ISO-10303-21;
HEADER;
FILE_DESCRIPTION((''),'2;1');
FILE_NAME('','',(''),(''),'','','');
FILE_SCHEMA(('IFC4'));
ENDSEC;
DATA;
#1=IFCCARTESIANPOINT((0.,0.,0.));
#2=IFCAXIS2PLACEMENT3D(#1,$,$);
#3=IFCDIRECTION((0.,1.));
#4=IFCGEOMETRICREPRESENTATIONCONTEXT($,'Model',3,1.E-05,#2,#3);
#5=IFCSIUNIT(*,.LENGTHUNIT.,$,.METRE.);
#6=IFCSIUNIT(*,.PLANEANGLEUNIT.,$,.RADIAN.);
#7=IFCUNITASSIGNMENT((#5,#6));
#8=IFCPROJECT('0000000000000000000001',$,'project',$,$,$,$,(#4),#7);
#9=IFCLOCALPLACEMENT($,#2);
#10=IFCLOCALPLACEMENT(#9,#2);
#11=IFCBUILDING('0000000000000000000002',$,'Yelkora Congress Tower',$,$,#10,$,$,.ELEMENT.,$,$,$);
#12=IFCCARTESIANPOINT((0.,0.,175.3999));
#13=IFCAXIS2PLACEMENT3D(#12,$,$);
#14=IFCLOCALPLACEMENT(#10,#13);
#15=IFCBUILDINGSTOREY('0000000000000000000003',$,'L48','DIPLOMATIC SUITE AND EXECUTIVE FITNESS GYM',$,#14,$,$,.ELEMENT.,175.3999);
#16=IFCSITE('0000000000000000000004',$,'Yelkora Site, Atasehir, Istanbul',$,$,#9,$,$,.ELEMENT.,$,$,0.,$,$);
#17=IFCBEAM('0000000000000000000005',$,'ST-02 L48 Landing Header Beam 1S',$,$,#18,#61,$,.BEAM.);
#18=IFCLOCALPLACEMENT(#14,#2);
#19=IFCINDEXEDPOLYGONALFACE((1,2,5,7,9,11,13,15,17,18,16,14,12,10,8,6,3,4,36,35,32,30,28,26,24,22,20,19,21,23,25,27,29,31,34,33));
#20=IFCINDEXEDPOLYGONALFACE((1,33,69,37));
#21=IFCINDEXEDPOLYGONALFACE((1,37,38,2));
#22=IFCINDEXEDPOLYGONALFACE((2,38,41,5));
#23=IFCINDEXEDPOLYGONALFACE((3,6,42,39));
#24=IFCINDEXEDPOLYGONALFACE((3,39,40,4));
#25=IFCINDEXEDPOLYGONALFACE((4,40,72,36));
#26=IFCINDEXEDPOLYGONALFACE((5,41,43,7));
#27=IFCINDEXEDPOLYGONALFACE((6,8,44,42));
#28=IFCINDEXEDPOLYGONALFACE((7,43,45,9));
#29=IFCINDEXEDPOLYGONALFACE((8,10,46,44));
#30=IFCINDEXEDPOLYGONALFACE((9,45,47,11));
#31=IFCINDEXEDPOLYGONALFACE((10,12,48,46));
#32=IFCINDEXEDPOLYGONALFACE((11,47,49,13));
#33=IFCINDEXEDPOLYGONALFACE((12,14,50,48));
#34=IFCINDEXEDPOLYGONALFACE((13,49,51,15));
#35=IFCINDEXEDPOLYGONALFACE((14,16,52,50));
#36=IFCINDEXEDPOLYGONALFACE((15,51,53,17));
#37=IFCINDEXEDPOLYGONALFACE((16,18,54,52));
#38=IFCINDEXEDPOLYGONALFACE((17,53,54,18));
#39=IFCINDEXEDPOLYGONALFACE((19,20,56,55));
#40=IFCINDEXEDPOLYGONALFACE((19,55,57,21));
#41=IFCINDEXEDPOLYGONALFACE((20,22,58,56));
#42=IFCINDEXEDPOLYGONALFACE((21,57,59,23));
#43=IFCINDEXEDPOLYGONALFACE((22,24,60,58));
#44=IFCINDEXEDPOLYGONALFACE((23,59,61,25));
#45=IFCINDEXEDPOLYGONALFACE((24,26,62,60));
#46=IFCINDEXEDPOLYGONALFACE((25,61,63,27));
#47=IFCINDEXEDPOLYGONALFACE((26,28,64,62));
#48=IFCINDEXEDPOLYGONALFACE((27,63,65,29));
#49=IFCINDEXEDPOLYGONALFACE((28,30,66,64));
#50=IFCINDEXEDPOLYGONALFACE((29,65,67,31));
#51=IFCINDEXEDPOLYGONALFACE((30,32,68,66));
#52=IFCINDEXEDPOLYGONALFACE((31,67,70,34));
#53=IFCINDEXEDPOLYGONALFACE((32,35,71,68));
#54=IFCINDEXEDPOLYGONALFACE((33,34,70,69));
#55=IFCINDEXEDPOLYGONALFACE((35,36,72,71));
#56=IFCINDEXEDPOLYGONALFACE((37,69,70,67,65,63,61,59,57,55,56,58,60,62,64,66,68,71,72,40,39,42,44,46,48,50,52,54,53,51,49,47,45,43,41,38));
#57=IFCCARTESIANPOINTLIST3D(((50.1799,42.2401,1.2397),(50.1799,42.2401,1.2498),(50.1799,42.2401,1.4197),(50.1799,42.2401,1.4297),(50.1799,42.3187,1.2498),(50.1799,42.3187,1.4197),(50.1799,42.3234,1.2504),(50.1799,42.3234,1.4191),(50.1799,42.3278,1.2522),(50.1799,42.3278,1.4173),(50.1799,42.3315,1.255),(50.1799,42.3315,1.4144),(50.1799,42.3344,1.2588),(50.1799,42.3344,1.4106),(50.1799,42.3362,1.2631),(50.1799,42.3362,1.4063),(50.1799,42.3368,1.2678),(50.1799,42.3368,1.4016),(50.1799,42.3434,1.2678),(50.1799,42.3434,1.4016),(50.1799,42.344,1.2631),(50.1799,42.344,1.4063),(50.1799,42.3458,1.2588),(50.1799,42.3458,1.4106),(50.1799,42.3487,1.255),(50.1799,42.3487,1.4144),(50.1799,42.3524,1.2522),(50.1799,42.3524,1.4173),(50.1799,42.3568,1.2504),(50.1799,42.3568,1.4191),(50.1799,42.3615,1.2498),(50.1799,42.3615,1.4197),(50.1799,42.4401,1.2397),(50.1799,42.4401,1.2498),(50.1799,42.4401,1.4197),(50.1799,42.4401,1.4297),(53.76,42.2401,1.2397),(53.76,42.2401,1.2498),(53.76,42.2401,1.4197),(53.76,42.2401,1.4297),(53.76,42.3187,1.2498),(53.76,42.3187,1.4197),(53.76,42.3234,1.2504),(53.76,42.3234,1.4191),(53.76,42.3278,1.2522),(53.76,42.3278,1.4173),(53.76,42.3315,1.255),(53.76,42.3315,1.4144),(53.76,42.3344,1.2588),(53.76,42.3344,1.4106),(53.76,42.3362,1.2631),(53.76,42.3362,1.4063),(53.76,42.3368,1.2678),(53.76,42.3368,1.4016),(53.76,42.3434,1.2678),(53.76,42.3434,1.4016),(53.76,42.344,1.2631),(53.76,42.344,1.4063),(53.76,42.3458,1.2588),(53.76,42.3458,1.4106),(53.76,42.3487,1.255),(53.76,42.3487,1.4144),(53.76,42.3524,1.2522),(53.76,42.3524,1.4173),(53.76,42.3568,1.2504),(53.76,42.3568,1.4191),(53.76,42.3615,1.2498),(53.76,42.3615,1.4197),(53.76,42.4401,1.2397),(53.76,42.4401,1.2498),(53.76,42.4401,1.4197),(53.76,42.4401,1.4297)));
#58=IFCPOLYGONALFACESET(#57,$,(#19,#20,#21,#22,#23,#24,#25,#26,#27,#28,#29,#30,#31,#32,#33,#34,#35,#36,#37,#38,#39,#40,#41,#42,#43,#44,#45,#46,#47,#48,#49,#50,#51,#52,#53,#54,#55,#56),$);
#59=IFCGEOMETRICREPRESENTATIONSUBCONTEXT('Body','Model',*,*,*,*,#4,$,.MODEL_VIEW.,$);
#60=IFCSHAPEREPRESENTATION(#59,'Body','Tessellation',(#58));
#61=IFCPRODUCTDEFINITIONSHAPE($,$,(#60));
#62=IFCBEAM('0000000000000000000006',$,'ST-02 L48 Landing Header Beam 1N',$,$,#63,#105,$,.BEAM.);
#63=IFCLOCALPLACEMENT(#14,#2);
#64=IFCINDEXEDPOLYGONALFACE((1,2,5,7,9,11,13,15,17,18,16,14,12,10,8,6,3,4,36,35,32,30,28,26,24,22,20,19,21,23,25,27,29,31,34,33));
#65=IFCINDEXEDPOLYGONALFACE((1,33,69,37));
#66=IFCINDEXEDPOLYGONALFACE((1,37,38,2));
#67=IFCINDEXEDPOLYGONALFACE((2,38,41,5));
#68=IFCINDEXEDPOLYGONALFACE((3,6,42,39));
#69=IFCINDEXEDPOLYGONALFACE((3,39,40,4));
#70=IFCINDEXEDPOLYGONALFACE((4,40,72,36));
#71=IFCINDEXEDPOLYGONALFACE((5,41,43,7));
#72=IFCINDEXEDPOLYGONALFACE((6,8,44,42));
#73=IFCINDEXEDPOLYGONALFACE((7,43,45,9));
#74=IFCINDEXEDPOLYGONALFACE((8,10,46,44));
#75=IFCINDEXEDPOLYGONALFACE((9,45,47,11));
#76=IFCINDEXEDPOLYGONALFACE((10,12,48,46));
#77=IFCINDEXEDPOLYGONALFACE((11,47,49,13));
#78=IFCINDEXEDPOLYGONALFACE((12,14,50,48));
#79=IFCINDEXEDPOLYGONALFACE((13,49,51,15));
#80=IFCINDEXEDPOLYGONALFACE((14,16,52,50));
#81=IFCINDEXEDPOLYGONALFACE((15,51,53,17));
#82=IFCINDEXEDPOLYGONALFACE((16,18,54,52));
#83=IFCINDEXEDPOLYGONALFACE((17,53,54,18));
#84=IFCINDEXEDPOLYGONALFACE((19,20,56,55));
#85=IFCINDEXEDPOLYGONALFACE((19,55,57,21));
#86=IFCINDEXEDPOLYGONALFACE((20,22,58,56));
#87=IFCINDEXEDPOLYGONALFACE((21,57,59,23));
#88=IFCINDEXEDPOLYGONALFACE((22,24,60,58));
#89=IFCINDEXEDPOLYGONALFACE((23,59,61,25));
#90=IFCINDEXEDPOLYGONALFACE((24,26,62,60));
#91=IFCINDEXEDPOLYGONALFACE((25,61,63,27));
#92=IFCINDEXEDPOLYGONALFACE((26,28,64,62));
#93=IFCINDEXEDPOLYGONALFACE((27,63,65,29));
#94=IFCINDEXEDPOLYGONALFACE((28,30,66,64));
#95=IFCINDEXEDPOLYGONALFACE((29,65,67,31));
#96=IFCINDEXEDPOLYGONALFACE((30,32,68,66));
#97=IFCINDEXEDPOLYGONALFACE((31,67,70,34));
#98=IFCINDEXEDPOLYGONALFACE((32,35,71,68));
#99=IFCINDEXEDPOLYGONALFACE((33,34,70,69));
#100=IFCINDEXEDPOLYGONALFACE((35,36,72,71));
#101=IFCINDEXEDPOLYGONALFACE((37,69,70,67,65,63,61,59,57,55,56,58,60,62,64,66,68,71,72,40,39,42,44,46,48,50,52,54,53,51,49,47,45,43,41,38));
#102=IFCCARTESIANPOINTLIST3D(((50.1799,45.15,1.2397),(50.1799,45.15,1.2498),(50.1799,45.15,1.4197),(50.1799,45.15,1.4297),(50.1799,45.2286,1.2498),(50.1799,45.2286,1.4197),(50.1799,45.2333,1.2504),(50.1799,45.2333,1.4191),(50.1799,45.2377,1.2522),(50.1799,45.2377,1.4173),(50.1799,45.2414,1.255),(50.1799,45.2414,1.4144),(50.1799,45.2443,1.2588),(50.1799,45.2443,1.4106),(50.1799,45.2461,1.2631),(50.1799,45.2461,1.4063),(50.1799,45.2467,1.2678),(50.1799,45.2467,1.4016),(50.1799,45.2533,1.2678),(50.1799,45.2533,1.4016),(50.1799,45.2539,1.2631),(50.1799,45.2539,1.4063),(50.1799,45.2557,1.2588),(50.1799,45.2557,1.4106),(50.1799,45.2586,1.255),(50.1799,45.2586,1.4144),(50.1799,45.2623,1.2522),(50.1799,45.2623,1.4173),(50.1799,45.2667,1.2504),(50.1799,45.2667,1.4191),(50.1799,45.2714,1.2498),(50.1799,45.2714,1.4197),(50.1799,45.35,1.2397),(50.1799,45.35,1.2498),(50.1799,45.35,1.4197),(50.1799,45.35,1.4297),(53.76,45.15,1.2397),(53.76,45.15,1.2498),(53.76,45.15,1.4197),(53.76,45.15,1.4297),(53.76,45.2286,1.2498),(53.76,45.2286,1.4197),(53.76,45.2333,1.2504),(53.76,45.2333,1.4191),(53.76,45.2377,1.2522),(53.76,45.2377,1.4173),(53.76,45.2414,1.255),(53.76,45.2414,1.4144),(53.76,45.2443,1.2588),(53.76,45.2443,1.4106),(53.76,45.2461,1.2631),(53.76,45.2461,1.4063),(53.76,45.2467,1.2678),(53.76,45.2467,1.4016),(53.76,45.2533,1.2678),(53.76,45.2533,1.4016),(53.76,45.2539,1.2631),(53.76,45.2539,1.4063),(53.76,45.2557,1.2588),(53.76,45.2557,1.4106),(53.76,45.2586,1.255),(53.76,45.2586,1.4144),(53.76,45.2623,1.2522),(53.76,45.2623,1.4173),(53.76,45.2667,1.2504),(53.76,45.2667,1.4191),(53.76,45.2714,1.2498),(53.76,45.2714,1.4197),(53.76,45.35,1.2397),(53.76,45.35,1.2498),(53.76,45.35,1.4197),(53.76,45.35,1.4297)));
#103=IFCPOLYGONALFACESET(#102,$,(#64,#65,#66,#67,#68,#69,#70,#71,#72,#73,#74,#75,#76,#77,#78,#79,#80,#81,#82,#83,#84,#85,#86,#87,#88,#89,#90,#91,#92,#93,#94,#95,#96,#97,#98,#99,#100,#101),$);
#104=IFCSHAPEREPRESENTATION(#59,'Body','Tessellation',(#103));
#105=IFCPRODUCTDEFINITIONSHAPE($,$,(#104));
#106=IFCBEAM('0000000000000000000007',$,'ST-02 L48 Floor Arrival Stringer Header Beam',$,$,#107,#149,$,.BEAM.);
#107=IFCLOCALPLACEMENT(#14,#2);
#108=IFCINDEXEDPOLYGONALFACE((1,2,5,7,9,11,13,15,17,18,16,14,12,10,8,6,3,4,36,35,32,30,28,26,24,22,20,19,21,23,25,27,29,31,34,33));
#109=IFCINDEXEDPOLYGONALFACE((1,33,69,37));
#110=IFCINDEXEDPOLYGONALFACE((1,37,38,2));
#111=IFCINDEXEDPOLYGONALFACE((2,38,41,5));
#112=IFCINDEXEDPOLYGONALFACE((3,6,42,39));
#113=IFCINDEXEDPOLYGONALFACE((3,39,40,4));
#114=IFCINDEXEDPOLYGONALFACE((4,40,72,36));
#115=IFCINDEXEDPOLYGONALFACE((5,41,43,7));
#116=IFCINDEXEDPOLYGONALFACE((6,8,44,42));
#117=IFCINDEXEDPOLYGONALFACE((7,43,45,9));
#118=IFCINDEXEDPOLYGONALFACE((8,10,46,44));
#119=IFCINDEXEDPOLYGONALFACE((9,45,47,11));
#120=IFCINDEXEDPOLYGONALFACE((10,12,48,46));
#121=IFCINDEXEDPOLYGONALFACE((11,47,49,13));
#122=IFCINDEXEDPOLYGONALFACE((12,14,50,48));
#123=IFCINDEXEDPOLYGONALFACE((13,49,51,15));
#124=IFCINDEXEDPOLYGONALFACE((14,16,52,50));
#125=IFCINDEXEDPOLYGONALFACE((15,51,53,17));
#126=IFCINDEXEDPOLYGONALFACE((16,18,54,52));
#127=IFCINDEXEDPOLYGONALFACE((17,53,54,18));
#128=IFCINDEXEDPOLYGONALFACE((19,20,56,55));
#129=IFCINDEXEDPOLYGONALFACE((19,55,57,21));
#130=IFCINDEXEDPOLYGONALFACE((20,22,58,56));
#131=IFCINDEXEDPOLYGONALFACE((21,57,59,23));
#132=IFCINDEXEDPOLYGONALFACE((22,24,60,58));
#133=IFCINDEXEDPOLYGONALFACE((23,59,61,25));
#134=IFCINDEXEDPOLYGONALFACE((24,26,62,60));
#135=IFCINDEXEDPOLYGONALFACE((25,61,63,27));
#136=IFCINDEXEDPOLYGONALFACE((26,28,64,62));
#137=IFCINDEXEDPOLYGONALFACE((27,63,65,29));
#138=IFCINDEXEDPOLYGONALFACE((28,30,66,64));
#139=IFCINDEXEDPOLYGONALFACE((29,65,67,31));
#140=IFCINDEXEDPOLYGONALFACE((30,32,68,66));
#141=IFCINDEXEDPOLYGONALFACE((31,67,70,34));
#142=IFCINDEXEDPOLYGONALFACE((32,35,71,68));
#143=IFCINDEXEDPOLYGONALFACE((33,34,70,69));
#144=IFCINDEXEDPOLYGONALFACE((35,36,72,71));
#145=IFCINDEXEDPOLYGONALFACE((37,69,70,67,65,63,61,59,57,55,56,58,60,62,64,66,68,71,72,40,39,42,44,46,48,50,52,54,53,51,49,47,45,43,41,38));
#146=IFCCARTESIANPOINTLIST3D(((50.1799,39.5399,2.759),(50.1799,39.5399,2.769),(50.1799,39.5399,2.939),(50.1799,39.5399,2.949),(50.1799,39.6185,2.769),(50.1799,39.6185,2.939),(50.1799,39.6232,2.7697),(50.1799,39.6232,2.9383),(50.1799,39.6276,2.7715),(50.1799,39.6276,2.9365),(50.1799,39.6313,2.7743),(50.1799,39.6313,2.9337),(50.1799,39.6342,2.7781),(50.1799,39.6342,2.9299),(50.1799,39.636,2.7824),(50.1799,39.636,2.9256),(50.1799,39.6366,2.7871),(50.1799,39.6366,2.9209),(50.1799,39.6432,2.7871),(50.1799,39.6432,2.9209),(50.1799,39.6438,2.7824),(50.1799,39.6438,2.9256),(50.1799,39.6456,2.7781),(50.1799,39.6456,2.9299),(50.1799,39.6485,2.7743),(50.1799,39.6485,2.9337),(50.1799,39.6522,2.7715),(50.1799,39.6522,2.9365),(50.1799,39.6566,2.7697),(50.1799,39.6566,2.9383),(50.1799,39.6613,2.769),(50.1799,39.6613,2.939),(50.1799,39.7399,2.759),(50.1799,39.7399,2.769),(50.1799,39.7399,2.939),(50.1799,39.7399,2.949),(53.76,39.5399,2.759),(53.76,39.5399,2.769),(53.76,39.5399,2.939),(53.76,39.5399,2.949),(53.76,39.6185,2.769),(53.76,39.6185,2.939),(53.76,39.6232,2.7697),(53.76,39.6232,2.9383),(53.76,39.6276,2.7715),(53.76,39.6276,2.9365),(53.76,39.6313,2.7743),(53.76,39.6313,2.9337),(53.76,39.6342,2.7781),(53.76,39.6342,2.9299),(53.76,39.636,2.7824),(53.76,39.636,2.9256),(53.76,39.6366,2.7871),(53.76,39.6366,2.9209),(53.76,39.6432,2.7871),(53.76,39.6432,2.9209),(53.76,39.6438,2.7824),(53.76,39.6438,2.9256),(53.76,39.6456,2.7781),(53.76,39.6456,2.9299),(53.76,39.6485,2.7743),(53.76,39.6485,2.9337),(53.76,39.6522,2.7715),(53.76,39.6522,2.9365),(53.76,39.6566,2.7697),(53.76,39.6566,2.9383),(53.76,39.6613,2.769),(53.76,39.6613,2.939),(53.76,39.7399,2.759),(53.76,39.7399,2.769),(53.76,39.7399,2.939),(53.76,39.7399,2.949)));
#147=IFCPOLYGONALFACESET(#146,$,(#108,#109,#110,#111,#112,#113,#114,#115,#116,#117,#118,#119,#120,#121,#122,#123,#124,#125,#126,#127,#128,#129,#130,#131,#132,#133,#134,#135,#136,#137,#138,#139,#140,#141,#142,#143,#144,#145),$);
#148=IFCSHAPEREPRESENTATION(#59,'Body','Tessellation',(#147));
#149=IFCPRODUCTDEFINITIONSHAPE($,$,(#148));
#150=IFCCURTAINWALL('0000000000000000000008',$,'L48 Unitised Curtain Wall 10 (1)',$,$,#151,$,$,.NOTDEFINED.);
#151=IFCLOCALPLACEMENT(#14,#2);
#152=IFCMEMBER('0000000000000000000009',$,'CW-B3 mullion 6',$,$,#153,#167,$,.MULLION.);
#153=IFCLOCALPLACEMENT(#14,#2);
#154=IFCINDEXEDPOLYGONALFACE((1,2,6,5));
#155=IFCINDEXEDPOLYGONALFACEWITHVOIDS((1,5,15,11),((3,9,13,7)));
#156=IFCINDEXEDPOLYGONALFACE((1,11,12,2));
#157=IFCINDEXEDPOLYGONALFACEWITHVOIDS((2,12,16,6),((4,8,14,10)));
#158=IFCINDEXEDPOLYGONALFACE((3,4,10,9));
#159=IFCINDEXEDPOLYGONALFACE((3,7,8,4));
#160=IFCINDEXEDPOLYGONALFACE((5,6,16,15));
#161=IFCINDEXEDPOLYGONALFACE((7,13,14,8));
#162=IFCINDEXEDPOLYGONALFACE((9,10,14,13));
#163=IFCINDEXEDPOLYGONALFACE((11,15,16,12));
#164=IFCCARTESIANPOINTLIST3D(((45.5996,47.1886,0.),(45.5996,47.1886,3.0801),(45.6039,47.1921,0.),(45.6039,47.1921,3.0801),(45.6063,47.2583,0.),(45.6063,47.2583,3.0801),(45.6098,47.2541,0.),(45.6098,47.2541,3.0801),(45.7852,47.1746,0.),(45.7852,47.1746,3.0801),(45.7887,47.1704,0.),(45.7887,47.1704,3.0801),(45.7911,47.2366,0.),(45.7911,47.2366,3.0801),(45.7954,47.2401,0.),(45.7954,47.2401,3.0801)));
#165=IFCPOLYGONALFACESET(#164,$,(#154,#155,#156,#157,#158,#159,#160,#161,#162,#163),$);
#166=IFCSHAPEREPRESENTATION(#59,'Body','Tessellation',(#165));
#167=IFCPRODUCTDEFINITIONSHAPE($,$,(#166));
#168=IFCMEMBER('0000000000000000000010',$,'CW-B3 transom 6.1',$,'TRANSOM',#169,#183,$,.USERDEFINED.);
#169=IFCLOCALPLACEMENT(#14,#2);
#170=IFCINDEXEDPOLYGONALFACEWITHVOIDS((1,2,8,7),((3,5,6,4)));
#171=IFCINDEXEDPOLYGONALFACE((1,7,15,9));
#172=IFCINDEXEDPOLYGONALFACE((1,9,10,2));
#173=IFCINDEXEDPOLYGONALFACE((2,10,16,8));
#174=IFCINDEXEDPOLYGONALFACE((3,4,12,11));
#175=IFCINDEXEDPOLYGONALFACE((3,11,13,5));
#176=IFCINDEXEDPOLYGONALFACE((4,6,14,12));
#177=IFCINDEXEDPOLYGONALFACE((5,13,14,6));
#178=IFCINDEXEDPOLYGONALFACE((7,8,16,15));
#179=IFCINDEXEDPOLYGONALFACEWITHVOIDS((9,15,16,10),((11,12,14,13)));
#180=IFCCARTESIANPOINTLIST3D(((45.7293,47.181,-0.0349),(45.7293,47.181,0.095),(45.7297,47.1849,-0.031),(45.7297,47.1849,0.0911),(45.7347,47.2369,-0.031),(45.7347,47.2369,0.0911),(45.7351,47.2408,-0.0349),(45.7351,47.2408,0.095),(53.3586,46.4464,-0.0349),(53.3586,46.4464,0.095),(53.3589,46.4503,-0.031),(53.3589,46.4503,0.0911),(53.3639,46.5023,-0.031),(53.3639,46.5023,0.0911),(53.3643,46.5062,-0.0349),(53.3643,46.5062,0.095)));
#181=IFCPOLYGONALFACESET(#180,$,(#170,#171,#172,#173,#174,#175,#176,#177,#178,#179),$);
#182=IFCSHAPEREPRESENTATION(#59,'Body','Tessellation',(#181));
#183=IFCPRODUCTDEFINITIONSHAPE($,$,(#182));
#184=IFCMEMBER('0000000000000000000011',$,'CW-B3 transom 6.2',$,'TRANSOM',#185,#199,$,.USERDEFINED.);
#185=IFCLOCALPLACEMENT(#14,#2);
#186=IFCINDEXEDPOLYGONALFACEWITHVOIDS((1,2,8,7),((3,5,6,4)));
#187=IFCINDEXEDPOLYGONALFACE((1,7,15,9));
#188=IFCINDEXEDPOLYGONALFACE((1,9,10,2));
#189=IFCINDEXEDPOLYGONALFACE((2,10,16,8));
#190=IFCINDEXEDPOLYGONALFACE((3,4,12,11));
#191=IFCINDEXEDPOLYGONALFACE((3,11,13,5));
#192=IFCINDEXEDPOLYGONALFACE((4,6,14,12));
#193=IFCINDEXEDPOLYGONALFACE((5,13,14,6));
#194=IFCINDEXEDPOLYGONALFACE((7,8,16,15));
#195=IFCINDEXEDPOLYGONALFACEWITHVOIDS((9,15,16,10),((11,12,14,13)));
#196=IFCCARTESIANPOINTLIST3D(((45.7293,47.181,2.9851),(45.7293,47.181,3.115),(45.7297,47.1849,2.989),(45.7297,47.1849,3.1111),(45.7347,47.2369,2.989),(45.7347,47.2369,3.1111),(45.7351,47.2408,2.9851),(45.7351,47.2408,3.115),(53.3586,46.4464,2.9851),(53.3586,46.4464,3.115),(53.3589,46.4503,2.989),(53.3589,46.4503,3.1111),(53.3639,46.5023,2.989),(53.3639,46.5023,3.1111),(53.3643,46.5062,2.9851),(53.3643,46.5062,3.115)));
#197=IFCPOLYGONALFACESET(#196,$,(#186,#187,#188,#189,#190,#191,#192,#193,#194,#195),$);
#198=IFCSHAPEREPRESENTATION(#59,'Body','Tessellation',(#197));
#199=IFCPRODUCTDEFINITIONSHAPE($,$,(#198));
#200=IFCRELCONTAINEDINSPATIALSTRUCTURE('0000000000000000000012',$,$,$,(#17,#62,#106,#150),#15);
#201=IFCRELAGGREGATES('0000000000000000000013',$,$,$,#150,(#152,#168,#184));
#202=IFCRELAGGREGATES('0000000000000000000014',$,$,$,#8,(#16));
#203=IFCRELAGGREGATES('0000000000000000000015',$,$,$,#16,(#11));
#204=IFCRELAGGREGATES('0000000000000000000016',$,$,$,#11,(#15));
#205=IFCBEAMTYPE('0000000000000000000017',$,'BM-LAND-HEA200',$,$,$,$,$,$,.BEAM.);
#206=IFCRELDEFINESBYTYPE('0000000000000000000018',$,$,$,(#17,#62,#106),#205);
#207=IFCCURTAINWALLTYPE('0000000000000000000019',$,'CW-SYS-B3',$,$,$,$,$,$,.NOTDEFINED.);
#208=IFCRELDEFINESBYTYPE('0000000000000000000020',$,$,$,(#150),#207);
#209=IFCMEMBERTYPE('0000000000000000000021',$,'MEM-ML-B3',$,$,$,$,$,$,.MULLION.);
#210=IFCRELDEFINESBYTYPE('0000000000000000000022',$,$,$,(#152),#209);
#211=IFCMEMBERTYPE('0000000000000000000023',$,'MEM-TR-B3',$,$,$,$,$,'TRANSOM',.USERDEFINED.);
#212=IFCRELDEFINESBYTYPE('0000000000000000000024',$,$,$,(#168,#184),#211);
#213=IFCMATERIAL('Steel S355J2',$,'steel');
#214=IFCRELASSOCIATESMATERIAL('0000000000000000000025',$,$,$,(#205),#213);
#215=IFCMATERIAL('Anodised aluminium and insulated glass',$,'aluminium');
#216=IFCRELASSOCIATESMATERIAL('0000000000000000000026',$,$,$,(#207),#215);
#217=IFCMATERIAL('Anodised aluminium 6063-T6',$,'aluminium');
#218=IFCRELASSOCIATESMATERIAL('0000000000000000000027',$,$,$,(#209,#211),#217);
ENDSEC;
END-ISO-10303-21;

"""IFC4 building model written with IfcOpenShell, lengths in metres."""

from ifc_helpers import new_model, si_unit, direction, frame, origin, origin_2d, place, context, subcontext, project, spatial, hollow_rectangle, i_section, extrude, material, material_profile, profile_set, type_object, element, aggregate, save


model = new_model("IFC4")

# Units and contexts
model_context = context("Model", 3, precision=1e-05, world=origin(), true_north=direction((0.0, 1.0)))
body_context = subcontext(model_context, "Body", "Model", "MODEL_VIEW")
ifc_project = project(units=[si_unit("LENGTHUNIT", "METRE"), si_unit("PLANEANGLEUNIT", "RADIAN")], contexts=[model_context])

# Site, building, storey
site_placement = place(None, origin())
site = spatial("IfcSite", under=ifc_project, at=site_placement, Name="Yelkora Site, Atasehir, Istanbul", CompositionType="ELEMENT", RefElevation=0.0)
building_placement = place(site_placement, origin())
building = spatial("IfcBuilding", under=site, at=building_placement, Name="Yelkora Congress Tower", CompositionType="ELEMENT")
storey_placement = place(building_placement, frame((0.0, 0.0, 175.3999)))
storey = spatial("IfcBuildingStorey", under=building, at=storey_placement, Name="L48", Description="DIPLOMATIC SUITE AND EXECUTIVE FITNESS GYM", CompositionType="ELEMENT", Elevation=175.3999)

# Beams
ifc_material_1 = material(Name="Steel S355J2", Category="steel")
ifc_material_profile_1 = material_profile(ifc_material_1, i_section(OverallWidth=0.2, OverallDepth=0.1899, WebThickness=0.0066, FlangeThickness=0.01, FilletRadius=0.0181, at=origin_2d()), Name="HEA 200")
ifc_profile_set_1 = profile_set([ifc_material_profile_1], Name="Steel S355J2")
beam_type_1 = type_object("IfcBeamType", Name="BM-LAND-HEA200", PredefinedType="BEAM", material=ifc_profile_set_1)
for number, where, z_axis, x_axis, name in (
    (1, (50.1799, 42.3401, 1.3347), (1.0, 0.0, 0.0), (0.0, 1.0, 0.0), "ST-02 L48 Landing Header Beam 1S"),
    (2, (50.1799, 45.25, 1.3347), (1.0, 0.0, 0.0), (0.0, 1.0, 0.0), "ST-02 L48 Landing Header Beam 1N"),
    (3, (50.1799, 39.6399, 2.854), (1.0, 0.0, 0.0), (0.0, 1.0, 0.0), "ST-02 L48 Floor Arrival Stringer Header Beam"),
):
    element("IfcBeam", number, at=place(storey_placement, frame(where, z_axis=z_axis, x_axis=x_axis)), inside=storey, type_object=beam_type_1, Name=name, PredefinedType="BEAM", context=body_context, shape_type="SweptSolid", body=[
        extrude(i_section(OverallWidth=0.2, OverallDepth=0.1899, WebThickness=0.0066, FlangeThickness=0.01, FilletRadius=0.0181, at=origin_2d()), origin(), (0.0, 0.0, 1.0), 3.5801),
    ])

# Curtain wall, members
ifc_material_2 = material(Name="Anodised aluminium and insulated glass", Category="aluminium")
curtain_wall_type = type_object("IfcCurtainWallType", Name="CW-SYS-B3", PredefinedType="NOTDEFINED", material=ifc_material_2)
curtain_wall_placement = place(storey_placement, origin())
curtain_wall = element("IfcCurtainWall", 4, at=curtain_wall_placement, inside=storey, type_object=curtain_wall_type, Name="L48 Unitised Curtain Wall 10 (1)", PredefinedType="NOTDEFINED")
ifc_material_3 = material(Name="Anodised aluminium 6063-T6", Category="aluminium")
ifc_material_profile_2 = material_profile(ifc_material_3, hollow_rectangle(XDim=0.0701, YDim=0.1899, WallThickness=0.0039, at=origin_2d()), Name="ALU 70x190x4")
ifc_profile_set_2 = profile_set([ifc_material_profile_2], Name="Anodised aluminium 6063-T6")
member_type_1 = type_object("IfcMemberType", Name="MEM-ML-B3", PredefinedType="MULLION", material=ifc_profile_set_2)
member_1_placement = place(storey_placement, frame((45.6975, 47.2144, 0.0), z_axis=(0.0, 0.0, 1.0), x_axis=(0.095845, 0.995396, 0.0)))
member_1 = element("IfcMember", 5, at=member_1_placement, type_object=member_type_1, Name="CW-B3 mullion 6", PredefinedType="MULLION", context=body_context, shape_type="SweptSolid", body=[
    extrude(hollow_rectangle(XDim=0.0701, YDim=0.1899, WallThickness=0.0039, at=origin_2d()), origin(), (0.0, 0.0, 1.0), 3.0801),
])
ifc_material_profile_3 = material_profile(ifc_material_3, hollow_rectangle(XDim=0.0601, YDim=0.1299, WallThickness=0.0039, at=origin_2d()), Name="ALU 60x130x4")
ifc_profile_set_3 = profile_set([ifc_material_profile_3], Name="Anodised aluminium 6063-T6")
member_type_2 = type_object("IfcMemberType", Name="MEM-TR-B3", ElementType="TRANSOM", PredefinedType="USERDEFINED", material=ifc_profile_set_3)
member_2_placement = place(storey_placement, frame((45.7322, 47.2109, 0.03), z_axis=(0.995396, -0.095848, 0.0), x_axis=(0.095848, 0.995396, 0.0)))
member_2 = element("IfcMember", 6, at=member_2_placement, type_object=member_type_2, Name="CW-B3 transom 6.1", ObjectType="TRANSOM", PredefinedType="USERDEFINED", context=body_context, shape_type="SweptSolid", body=[
    extrude(hollow_rectangle(XDim=0.0601, YDim=0.1299, WallThickness=0.0039, at=origin_2d()), origin(), (0.0, 0.0, 1.0), 7.6646),
])
member_3_placement = place(storey_placement, frame((45.7322, 47.2109, 3.05), z_axis=(0.995396, -0.095848, 0.0), x_axis=(0.095848, 0.995396, 0.0)))
member_3 = element("IfcMember", 7, at=member_3_placement, type_object=member_type_2, Name="CW-B3 transom 6.2", ObjectType="TRANSOM", PredefinedType="USERDEFINED", context=body_context, shape_type="SweptSolid", body=[
    extrude(hollow_rectangle(XDim=0.0601, YDim=0.1299, WallThickness=0.0039, at=origin_2d()), origin(), (0.0, 0.0, 1.0), 7.6646),
])
aggregate(curtain_wall, [member_1, member_2, member_3])

save(model, "model.ifc")
